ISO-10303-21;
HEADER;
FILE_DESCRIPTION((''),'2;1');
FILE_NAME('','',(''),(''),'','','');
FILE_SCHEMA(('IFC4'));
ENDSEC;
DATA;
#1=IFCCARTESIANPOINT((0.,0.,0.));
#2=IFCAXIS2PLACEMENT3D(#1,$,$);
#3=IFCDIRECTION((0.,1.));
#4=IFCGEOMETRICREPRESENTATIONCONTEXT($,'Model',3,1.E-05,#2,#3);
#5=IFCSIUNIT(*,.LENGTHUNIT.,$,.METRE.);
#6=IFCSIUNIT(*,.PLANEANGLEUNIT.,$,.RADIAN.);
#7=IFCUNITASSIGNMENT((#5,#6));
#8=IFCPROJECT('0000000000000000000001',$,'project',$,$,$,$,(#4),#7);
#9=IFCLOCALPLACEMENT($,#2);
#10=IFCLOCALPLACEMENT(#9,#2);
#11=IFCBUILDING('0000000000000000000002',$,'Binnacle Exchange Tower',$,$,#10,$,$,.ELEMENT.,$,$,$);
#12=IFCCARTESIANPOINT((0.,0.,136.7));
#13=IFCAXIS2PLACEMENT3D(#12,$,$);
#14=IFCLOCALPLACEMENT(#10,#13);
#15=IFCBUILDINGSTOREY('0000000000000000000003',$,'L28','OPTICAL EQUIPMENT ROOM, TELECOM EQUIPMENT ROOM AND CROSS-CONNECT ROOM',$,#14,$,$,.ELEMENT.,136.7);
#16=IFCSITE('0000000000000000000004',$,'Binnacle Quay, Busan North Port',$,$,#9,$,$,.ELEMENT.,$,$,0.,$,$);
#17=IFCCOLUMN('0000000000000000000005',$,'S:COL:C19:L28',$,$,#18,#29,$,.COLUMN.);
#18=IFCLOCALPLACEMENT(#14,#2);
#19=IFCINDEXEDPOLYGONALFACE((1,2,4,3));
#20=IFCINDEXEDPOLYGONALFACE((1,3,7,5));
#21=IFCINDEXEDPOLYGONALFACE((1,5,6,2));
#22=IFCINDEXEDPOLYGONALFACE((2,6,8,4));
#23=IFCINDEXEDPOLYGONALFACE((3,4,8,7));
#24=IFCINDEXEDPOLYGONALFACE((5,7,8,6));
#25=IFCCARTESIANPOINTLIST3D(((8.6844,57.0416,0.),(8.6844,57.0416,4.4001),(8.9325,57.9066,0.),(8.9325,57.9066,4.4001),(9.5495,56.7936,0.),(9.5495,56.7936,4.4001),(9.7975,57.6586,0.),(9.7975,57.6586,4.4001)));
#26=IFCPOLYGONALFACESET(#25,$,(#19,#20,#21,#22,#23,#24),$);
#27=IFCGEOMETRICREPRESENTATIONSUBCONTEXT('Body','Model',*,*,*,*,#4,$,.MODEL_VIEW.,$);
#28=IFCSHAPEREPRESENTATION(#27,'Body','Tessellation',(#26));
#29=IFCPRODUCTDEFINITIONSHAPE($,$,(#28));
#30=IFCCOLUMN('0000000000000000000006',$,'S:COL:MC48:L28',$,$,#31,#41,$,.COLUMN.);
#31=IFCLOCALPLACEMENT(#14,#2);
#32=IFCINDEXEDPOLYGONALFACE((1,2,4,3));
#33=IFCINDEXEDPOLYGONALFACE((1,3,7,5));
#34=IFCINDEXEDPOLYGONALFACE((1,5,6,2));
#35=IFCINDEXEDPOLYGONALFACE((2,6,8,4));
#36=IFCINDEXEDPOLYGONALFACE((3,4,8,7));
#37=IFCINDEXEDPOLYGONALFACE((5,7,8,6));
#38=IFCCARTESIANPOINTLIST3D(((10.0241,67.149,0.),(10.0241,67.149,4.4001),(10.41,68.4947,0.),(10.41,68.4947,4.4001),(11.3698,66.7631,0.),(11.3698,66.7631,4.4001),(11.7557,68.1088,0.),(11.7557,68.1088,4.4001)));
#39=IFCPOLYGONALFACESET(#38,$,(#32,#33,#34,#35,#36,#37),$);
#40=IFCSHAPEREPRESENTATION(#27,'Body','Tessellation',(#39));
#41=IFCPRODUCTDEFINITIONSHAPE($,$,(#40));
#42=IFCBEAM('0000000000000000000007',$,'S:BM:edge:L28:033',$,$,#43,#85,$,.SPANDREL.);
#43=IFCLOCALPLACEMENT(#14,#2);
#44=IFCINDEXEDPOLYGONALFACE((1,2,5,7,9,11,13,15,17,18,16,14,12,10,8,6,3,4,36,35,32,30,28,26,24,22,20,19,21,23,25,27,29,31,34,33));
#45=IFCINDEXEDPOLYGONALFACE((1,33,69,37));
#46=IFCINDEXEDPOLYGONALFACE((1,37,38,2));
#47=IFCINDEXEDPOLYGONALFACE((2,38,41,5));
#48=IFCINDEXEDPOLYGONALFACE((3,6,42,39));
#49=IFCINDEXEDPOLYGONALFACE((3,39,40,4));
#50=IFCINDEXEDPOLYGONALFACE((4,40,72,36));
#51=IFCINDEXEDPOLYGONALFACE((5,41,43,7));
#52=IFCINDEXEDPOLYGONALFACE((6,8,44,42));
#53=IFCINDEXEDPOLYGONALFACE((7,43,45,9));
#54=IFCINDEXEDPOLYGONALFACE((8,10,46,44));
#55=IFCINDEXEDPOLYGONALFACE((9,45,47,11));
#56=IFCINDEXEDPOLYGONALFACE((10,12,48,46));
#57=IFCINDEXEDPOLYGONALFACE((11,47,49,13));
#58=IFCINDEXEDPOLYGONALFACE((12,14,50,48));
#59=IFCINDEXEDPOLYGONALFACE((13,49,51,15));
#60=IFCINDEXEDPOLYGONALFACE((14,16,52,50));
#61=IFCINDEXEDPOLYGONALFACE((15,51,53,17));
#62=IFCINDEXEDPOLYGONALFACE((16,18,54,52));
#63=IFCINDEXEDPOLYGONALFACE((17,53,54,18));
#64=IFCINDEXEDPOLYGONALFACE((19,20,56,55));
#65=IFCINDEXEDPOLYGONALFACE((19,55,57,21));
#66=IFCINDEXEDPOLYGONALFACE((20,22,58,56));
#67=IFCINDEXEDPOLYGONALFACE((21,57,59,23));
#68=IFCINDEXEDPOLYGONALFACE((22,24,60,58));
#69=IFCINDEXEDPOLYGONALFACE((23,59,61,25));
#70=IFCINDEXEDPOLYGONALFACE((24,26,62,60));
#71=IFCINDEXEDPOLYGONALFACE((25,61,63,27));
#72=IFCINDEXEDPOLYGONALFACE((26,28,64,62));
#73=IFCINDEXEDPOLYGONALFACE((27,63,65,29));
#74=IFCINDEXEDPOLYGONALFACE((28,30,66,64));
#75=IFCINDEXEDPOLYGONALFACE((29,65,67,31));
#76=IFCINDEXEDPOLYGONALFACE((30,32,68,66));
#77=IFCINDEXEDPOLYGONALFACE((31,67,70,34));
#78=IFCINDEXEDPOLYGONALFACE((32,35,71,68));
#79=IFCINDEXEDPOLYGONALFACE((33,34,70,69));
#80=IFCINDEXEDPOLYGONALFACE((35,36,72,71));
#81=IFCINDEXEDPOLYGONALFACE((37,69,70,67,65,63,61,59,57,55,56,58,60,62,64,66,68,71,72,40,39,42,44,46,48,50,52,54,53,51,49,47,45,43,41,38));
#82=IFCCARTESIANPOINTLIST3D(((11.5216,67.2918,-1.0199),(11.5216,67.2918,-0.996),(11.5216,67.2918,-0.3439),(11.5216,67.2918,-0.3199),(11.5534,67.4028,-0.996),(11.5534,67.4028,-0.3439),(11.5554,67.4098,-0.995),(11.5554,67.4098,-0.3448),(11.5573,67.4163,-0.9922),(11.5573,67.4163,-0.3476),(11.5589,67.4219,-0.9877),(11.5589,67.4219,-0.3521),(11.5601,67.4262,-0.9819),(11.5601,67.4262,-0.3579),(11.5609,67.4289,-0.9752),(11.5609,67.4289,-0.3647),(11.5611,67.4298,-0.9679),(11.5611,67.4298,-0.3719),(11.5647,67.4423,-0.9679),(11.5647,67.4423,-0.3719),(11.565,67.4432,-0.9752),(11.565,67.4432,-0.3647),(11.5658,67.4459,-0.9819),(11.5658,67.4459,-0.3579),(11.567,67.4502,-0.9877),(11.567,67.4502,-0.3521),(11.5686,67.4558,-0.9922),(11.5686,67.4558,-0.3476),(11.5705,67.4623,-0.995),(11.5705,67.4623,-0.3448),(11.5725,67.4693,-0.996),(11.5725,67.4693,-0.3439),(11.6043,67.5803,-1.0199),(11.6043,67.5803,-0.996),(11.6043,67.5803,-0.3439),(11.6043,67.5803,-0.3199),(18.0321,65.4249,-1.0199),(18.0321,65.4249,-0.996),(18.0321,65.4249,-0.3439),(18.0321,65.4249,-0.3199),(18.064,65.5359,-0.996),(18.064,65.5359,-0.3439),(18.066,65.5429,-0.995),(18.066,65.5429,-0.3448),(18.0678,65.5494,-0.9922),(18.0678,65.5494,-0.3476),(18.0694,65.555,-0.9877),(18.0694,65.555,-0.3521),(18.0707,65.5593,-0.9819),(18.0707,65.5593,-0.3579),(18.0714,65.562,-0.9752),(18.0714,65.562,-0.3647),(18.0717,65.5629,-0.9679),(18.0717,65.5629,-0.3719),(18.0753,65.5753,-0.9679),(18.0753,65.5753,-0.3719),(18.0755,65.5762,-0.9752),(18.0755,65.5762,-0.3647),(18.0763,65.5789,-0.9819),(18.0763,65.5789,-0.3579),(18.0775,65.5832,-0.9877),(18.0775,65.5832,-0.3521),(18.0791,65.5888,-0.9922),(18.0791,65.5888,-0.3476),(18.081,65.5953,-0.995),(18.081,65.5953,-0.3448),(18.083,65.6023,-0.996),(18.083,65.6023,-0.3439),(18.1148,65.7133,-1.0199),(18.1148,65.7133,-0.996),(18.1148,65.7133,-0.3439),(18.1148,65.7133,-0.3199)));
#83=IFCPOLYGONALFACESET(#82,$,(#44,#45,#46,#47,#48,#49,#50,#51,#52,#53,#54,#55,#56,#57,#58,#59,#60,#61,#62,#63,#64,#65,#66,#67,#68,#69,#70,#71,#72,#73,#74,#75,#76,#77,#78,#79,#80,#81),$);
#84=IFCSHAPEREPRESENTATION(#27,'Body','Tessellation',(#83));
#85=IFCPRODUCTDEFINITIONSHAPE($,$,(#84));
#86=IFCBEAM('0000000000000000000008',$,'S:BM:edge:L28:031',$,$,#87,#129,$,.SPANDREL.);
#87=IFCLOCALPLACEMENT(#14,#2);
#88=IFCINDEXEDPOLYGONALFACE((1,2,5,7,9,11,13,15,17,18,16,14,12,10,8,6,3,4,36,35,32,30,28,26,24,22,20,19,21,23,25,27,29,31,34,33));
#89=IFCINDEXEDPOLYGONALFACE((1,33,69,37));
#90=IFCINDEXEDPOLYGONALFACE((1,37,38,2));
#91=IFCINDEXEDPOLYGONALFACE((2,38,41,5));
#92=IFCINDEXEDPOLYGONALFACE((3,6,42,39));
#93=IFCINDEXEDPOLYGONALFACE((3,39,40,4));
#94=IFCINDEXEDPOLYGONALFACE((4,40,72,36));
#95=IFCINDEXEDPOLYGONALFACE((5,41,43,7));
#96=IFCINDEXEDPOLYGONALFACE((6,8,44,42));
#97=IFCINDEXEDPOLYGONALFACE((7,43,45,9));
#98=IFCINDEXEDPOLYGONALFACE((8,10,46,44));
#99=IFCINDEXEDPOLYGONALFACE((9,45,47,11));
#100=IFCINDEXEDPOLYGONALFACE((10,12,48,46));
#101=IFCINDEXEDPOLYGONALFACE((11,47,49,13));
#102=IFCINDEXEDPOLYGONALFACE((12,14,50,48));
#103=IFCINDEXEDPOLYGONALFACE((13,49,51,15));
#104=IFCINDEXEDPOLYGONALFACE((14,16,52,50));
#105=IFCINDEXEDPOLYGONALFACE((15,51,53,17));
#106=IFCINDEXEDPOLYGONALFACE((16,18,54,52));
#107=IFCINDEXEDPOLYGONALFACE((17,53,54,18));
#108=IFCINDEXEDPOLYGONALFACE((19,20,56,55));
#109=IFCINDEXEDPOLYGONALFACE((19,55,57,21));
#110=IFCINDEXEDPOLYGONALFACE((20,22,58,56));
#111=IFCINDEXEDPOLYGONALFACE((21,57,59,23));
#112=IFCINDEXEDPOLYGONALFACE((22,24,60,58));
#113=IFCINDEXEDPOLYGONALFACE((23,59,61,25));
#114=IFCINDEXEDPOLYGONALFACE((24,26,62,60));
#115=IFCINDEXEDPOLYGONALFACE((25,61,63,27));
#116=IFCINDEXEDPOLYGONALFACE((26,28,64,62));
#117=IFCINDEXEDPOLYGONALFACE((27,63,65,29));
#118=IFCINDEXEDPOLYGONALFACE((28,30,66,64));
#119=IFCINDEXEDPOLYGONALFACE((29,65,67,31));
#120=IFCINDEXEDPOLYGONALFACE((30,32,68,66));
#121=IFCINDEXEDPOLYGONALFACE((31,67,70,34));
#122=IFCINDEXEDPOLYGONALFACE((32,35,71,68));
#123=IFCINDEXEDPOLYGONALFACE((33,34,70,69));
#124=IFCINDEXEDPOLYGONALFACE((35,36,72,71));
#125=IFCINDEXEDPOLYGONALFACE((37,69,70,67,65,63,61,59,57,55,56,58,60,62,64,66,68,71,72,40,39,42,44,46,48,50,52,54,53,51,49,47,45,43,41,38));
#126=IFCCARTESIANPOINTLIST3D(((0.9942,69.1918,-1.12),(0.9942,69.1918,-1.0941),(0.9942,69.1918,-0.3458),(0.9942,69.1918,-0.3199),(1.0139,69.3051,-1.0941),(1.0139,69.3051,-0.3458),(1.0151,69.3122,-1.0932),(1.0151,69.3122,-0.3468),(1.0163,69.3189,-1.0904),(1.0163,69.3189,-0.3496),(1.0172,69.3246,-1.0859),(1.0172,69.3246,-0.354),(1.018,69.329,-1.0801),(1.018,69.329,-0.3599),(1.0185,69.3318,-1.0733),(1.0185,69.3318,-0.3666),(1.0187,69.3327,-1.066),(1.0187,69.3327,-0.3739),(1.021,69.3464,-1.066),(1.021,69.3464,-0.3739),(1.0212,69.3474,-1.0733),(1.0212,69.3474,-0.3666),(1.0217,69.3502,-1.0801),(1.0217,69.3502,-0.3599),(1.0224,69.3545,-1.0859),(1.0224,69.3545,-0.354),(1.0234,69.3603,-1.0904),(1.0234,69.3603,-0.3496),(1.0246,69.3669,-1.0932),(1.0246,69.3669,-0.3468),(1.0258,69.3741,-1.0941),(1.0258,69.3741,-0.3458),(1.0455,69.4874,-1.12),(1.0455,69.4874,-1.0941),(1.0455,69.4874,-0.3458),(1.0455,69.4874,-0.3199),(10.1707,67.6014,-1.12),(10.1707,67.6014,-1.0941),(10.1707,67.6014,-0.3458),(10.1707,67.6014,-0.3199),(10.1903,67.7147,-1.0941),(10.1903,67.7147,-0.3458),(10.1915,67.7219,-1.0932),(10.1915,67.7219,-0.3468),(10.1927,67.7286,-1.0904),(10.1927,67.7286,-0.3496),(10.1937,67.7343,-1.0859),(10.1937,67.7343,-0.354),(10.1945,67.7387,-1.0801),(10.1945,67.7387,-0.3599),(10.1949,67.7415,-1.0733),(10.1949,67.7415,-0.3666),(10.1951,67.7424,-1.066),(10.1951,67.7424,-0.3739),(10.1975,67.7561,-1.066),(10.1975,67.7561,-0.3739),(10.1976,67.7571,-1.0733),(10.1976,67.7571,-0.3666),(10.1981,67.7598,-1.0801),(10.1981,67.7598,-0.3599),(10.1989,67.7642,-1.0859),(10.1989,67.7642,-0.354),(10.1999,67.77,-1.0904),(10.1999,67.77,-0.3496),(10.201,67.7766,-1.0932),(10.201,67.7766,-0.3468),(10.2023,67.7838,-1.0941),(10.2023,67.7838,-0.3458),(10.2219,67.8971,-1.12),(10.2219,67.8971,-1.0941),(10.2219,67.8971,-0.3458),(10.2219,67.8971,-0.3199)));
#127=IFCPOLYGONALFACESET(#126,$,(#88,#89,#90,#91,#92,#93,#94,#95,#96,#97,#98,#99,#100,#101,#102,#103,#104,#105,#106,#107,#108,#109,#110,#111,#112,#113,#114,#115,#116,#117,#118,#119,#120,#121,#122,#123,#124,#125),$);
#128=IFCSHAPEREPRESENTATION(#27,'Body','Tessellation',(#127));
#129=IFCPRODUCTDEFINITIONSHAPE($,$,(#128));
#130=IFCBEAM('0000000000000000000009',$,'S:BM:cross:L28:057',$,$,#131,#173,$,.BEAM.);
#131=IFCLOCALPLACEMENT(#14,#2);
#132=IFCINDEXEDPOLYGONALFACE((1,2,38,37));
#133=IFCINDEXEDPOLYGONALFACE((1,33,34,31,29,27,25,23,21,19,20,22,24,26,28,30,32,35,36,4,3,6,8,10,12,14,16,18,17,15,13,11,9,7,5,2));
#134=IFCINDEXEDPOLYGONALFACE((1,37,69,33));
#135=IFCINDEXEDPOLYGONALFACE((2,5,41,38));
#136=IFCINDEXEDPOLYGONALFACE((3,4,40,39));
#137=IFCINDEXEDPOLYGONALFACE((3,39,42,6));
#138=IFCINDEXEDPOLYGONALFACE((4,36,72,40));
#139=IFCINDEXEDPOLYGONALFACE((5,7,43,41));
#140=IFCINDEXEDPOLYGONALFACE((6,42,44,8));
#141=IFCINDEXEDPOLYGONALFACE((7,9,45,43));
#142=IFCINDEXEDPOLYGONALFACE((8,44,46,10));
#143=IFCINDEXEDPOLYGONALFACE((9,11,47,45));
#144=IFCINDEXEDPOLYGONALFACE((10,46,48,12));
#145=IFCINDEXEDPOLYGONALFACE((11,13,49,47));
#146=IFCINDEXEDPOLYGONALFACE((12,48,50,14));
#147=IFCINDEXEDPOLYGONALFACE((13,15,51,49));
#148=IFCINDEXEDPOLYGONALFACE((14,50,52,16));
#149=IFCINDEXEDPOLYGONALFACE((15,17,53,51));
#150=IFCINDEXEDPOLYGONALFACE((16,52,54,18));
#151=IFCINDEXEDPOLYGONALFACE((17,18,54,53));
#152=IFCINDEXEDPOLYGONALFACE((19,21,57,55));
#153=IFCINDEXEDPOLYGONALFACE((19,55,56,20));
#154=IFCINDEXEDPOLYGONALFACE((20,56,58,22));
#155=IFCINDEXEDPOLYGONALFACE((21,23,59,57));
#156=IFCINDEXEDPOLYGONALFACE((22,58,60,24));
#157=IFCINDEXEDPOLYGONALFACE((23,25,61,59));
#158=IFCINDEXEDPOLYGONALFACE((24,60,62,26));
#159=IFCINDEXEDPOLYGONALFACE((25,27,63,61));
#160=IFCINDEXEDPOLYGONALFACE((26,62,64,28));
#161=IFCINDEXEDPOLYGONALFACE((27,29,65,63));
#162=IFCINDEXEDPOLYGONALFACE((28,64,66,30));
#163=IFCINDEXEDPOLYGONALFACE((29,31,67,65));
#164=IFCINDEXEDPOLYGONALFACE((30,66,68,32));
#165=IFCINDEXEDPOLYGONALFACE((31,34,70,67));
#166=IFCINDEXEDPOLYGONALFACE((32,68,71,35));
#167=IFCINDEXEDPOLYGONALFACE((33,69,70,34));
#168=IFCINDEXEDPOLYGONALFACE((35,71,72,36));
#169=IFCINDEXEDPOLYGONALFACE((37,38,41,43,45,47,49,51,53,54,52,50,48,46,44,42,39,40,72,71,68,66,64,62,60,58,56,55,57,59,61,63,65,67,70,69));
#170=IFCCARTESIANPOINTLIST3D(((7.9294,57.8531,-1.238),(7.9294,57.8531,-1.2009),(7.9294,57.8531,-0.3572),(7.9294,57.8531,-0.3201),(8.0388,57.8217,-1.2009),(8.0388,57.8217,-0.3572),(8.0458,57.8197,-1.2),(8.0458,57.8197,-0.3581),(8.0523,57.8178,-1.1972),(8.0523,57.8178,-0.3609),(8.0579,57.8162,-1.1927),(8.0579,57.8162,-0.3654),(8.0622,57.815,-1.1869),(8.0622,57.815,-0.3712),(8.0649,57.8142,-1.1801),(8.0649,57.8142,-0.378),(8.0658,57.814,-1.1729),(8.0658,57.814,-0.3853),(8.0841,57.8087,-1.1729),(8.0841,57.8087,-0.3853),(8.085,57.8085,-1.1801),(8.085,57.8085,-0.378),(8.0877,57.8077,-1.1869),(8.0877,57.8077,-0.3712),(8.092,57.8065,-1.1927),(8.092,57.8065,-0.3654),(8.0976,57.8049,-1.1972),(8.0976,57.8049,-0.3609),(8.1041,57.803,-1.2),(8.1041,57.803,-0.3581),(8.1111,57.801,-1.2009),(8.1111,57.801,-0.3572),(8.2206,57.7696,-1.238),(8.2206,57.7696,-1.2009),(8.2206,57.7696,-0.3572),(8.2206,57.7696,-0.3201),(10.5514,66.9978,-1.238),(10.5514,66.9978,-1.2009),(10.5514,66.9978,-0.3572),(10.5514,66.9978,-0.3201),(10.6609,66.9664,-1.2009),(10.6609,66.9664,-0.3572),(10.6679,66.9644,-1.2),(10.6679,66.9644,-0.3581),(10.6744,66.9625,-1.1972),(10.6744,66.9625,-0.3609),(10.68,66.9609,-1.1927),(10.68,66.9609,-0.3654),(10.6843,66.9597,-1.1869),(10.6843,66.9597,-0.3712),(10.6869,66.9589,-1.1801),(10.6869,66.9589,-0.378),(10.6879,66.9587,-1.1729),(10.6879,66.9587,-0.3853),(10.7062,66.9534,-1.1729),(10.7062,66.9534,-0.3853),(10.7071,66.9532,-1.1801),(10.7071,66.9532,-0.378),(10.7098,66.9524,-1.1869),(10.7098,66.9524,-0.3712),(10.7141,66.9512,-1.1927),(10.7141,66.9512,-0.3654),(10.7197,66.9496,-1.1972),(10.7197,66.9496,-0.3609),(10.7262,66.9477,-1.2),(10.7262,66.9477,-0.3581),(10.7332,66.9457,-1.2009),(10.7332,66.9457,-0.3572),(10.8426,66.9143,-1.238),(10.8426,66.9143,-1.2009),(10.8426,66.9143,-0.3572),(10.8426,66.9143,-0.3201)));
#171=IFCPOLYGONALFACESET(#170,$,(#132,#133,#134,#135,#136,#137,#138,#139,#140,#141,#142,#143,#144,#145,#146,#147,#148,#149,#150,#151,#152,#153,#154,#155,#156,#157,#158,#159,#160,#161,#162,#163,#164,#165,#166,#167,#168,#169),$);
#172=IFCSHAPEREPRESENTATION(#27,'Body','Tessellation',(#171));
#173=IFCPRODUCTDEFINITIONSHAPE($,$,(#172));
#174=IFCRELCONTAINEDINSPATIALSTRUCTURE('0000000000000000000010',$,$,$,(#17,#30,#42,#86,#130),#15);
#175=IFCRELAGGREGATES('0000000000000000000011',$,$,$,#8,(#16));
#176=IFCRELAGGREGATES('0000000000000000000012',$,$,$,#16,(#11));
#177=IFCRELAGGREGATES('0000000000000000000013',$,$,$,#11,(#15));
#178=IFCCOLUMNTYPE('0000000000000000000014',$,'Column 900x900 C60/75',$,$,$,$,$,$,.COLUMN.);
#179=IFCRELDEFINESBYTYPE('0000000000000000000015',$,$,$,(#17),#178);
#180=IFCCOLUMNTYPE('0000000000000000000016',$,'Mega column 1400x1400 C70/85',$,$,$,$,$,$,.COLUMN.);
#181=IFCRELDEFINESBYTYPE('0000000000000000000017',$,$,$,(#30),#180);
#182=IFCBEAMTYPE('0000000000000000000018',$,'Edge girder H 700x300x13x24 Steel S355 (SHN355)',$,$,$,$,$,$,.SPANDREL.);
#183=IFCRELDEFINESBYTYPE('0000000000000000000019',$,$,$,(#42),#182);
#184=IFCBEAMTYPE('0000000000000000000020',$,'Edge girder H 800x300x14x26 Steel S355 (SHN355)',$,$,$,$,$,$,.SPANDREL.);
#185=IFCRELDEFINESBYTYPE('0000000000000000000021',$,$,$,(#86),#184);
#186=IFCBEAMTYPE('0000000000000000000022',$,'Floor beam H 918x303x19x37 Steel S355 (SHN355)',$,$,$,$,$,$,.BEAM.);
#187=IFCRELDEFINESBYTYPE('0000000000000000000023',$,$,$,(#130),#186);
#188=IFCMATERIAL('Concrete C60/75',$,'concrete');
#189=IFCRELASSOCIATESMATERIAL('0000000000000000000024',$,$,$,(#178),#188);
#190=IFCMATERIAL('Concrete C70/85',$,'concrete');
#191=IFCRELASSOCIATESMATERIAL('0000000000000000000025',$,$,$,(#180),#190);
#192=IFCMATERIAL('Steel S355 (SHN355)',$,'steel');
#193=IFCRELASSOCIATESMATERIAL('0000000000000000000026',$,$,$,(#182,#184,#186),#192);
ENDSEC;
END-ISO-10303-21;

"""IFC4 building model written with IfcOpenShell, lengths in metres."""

from ifc_helpers import new_model, si_unit, direction, frame, origin, origin_2d, place, context, subcontext, project, spatial, rectangle, i_section, extrude, material, material_profile, profile_set, type_object, element, save


model = new_model("IFC4")

# Units and contexts
model_context = context("Model", 3, precision=1e-05, world=origin(), true_north=direction((0.0, 1.0)))
body_context = subcontext(model_context, "Body", "Model", "MODEL_VIEW")
ifc_project = project(units=[si_unit("LENGTHUNIT", "METRE"), si_unit("PLANEANGLEUNIT", "RADIAN")], contexts=[model_context])

# Site, building, storey
site_placement = place(None, origin())
site = spatial("IfcSite", under=ifc_project, at=site_placement, Name="Binnacle Quay, Busan North Port", CompositionType="ELEMENT", RefElevation=0.0)
building_placement = place(site_placement, origin())
building = spatial("IfcBuilding", under=site, at=building_placement, Name="Binnacle Exchange Tower", CompositionType="ELEMENT")
storey_placement = place(building_placement, frame((0.0, 0.0, 136.7)))
storey = spatial("IfcBuildingStorey", under=building, at=storey_placement, Name="L28", Description="OPTICAL EQUIPMENT ROOM, TELECOM EQUIPMENT ROOM AND CROSS-CONNECT ROOM", CompositionType="ELEMENT", Elevation=136.7)

# Columns
ifc_material_1 = material(Name="Concrete C60/75", Category="concrete")
ifc_material_profile_1 = material_profile(ifc_material_1, rectangle(XDim=0.8999, YDim=0.8999, at=origin_2d()), Name="Column 900x900 C60/75")
ifc_profile_set_1 = profile_set([ifc_material_profile_1], Name="Concrete C60/75")
column_type_1 = type_object("IfcColumnType", Name="Column 900x900 C60/75", PredefinedType="COLUMN", material=ifc_profile_set_1)
column_1_placement = place(storey_placement, frame((9.241, 57.3501, 0.0), z_axis=(0.0, 0.0, 1.0), x_axis=(0.961262, -0.275637, 0.0)))
element("IfcColumn", 1, at=column_1_placement, inside=storey, type_object=column_type_1, Name="S:COL:C19:L28", PredefinedType="COLUMN", context=body_context, shape_type="SweptSolid", body=[
    extrude(rectangle(XDim=0.8999, YDim=0.8999, at=origin_2d()), origin(), (0.0, 0.0, 1.0), 4.4001),
])
ifc_material_2 = material(Name="Concrete C70/85", Category="concrete")
ifc_material_profile_2 = material_profile(ifc_material_2, rectangle(XDim=1.3999, YDim=1.3999, at=origin_2d()), Name="Mega column 1400x1400 C70/85")
ifc_profile_set_2 = profile_set([ifc_material_profile_2], Name="Concrete C70/85")
column_type_2 = type_object("IfcColumnType", Name="Mega column 1400x1400 C70/85", PredefinedType="COLUMN", material=ifc_profile_set_2)
column_2_placement = place(storey_placement, frame((10.8899, 67.6289, 0.0), z_axis=(0.0, 0.0, 1.0), x_axis=(-0.961262, 0.275637, 0.0)))
element("IfcColumn", 2, at=column_2_placement, inside=storey, type_object=column_type_2, Name="S:COL:MC48:L28", PredefinedType="COLUMN", context=body_context, shape_type="SweptSolid", body=[
    extrude(rectangle(XDim=1.3999, YDim=1.3999, at=origin_2d()), origin(), (0.0, 0.0, 1.0), 4.4001),
])

# Beams
ifc_material_3 = material(Name="Steel S355 (SHN355)", Category="steel")
ifc_material_profile_3 = material_profile(ifc_material_3, i_section(OverallWidth=0.3, OverallDepth=0.7, WebThickness=0.0129, FlangeThickness=0.0239, FilletRadius=0.0281, at=origin_2d()), Name="H 700x300x13x24")
ifc_profile_set_3 = profile_set([ifc_material_profile_3], Name="Steel S355 (SHN355)")
beam_type_1 = type_object("IfcBeamType", Name="Edge girder H 700x300x13x24 Steel S355 (SHN355)", PredefinedType="SPANDREL", material=ifc_profile_set_3)
beam_1_placement = place(storey_placement, frame((18.0735, 65.5691, -0.6699), z_axis=(-0.961258, 0.275649, 0.0), x_axis=(-0.275649, -0.961258, 0.0)))
element("IfcBeam", 3, at=beam_1_placement, inside=storey, type_object=beam_type_1, Name="S:BM:edge:L28:033", PredefinedType="SPANDREL", context=body_context, shape_type="SweptSolid", body=[
    extrude(i_section(OverallWidth=0.3, OverallDepth=0.7, WebThickness=0.0129, FlangeThickness=0.0239, FilletRadius=0.0281, at=origin_2d()), origin(), (0.0, 0.0, 1.0), 6.7729),
])
ifc_material_profile_4 = material_profile(ifc_material_3, i_section(OverallWidth=0.3, OverallDepth=0.8, WebThickness=0.0139, FlangeThickness=0.0259, FilletRadius=0.0281, at=origin_2d()), Name="H 800x300x14x26")
ifc_profile_set_4 = profile_set([ifc_material_profile_4], Name="Steel S355 (SHN355)")
beam_type_2 = type_object("IfcBeamType", Name="Edge girder H 800x300x14x26 Steel S355 (SHN355)", PredefinedType="SPANDREL", material=ifc_profile_set_4)
beam_2_placement = place(storey_placement, frame((10.1963, 67.7493, -0.72), z_axis=(-0.985313, 0.170759, 0.0), x_axis=(-0.170759, -0.985313, 0.0)))
element("IfcBeam", 4, at=beam_2_placement, inside=storey, type_object=beam_type_2, Name="S:BM:edge:L28:031", PredefinedType="SPANDREL", context=body_context, shape_type="SweptSolid", body=[
    extrude(i_section(OverallWidth=0.3, OverallDepth=0.8, WebThickness=0.0139, FlangeThickness=0.0259, FilletRadius=0.0281, at=origin_2d()), origin(), (0.0, 0.0, 1.0), 9.3132),
])
ifc_material_profile_5 = material_profile(ifc_material_3, i_section(OverallWidth=0.303, OverallDepth=0.918, WebThickness=0.019, FlangeThickness=0.0371, FilletRadius=0.0281, at=origin_2d()), Name="H 918x303x19x37")
ifc_profile_set_5 = profile_set([ifc_material_profile_5], Name="Steel S355 (SHN355)")
beam_type_3 = type_object("IfcBeamType", Name="Floor beam H 918x303x19x37 Steel S355 (SHN355)", PredefinedType="BEAM", material=ifc_profile_set_5)
beam_3_placement = place(storey_placement, frame((10.697, 66.9561, -0.7791), z_axis=(-0.275623, -0.961266, 0.0), x_axis=(0.961266, -0.275623, 0.0)))
element("IfcBeam", 5, at=beam_3_placement, inside=storey, type_object=beam_type_3, Name="S:BM:cross:L28:057", PredefinedType="BEAM", context=body_context, shape_type="SweptSolid", body=[
    extrude(i_section(OverallWidth=0.303, OverallDepth=0.918, WebThickness=0.019, FlangeThickness=0.0371, FilletRadius=0.0281, at=origin_2d()), origin(), (0.0, 0.0, 1.0), 9.5132),
])

save(model, "model.ifc")
